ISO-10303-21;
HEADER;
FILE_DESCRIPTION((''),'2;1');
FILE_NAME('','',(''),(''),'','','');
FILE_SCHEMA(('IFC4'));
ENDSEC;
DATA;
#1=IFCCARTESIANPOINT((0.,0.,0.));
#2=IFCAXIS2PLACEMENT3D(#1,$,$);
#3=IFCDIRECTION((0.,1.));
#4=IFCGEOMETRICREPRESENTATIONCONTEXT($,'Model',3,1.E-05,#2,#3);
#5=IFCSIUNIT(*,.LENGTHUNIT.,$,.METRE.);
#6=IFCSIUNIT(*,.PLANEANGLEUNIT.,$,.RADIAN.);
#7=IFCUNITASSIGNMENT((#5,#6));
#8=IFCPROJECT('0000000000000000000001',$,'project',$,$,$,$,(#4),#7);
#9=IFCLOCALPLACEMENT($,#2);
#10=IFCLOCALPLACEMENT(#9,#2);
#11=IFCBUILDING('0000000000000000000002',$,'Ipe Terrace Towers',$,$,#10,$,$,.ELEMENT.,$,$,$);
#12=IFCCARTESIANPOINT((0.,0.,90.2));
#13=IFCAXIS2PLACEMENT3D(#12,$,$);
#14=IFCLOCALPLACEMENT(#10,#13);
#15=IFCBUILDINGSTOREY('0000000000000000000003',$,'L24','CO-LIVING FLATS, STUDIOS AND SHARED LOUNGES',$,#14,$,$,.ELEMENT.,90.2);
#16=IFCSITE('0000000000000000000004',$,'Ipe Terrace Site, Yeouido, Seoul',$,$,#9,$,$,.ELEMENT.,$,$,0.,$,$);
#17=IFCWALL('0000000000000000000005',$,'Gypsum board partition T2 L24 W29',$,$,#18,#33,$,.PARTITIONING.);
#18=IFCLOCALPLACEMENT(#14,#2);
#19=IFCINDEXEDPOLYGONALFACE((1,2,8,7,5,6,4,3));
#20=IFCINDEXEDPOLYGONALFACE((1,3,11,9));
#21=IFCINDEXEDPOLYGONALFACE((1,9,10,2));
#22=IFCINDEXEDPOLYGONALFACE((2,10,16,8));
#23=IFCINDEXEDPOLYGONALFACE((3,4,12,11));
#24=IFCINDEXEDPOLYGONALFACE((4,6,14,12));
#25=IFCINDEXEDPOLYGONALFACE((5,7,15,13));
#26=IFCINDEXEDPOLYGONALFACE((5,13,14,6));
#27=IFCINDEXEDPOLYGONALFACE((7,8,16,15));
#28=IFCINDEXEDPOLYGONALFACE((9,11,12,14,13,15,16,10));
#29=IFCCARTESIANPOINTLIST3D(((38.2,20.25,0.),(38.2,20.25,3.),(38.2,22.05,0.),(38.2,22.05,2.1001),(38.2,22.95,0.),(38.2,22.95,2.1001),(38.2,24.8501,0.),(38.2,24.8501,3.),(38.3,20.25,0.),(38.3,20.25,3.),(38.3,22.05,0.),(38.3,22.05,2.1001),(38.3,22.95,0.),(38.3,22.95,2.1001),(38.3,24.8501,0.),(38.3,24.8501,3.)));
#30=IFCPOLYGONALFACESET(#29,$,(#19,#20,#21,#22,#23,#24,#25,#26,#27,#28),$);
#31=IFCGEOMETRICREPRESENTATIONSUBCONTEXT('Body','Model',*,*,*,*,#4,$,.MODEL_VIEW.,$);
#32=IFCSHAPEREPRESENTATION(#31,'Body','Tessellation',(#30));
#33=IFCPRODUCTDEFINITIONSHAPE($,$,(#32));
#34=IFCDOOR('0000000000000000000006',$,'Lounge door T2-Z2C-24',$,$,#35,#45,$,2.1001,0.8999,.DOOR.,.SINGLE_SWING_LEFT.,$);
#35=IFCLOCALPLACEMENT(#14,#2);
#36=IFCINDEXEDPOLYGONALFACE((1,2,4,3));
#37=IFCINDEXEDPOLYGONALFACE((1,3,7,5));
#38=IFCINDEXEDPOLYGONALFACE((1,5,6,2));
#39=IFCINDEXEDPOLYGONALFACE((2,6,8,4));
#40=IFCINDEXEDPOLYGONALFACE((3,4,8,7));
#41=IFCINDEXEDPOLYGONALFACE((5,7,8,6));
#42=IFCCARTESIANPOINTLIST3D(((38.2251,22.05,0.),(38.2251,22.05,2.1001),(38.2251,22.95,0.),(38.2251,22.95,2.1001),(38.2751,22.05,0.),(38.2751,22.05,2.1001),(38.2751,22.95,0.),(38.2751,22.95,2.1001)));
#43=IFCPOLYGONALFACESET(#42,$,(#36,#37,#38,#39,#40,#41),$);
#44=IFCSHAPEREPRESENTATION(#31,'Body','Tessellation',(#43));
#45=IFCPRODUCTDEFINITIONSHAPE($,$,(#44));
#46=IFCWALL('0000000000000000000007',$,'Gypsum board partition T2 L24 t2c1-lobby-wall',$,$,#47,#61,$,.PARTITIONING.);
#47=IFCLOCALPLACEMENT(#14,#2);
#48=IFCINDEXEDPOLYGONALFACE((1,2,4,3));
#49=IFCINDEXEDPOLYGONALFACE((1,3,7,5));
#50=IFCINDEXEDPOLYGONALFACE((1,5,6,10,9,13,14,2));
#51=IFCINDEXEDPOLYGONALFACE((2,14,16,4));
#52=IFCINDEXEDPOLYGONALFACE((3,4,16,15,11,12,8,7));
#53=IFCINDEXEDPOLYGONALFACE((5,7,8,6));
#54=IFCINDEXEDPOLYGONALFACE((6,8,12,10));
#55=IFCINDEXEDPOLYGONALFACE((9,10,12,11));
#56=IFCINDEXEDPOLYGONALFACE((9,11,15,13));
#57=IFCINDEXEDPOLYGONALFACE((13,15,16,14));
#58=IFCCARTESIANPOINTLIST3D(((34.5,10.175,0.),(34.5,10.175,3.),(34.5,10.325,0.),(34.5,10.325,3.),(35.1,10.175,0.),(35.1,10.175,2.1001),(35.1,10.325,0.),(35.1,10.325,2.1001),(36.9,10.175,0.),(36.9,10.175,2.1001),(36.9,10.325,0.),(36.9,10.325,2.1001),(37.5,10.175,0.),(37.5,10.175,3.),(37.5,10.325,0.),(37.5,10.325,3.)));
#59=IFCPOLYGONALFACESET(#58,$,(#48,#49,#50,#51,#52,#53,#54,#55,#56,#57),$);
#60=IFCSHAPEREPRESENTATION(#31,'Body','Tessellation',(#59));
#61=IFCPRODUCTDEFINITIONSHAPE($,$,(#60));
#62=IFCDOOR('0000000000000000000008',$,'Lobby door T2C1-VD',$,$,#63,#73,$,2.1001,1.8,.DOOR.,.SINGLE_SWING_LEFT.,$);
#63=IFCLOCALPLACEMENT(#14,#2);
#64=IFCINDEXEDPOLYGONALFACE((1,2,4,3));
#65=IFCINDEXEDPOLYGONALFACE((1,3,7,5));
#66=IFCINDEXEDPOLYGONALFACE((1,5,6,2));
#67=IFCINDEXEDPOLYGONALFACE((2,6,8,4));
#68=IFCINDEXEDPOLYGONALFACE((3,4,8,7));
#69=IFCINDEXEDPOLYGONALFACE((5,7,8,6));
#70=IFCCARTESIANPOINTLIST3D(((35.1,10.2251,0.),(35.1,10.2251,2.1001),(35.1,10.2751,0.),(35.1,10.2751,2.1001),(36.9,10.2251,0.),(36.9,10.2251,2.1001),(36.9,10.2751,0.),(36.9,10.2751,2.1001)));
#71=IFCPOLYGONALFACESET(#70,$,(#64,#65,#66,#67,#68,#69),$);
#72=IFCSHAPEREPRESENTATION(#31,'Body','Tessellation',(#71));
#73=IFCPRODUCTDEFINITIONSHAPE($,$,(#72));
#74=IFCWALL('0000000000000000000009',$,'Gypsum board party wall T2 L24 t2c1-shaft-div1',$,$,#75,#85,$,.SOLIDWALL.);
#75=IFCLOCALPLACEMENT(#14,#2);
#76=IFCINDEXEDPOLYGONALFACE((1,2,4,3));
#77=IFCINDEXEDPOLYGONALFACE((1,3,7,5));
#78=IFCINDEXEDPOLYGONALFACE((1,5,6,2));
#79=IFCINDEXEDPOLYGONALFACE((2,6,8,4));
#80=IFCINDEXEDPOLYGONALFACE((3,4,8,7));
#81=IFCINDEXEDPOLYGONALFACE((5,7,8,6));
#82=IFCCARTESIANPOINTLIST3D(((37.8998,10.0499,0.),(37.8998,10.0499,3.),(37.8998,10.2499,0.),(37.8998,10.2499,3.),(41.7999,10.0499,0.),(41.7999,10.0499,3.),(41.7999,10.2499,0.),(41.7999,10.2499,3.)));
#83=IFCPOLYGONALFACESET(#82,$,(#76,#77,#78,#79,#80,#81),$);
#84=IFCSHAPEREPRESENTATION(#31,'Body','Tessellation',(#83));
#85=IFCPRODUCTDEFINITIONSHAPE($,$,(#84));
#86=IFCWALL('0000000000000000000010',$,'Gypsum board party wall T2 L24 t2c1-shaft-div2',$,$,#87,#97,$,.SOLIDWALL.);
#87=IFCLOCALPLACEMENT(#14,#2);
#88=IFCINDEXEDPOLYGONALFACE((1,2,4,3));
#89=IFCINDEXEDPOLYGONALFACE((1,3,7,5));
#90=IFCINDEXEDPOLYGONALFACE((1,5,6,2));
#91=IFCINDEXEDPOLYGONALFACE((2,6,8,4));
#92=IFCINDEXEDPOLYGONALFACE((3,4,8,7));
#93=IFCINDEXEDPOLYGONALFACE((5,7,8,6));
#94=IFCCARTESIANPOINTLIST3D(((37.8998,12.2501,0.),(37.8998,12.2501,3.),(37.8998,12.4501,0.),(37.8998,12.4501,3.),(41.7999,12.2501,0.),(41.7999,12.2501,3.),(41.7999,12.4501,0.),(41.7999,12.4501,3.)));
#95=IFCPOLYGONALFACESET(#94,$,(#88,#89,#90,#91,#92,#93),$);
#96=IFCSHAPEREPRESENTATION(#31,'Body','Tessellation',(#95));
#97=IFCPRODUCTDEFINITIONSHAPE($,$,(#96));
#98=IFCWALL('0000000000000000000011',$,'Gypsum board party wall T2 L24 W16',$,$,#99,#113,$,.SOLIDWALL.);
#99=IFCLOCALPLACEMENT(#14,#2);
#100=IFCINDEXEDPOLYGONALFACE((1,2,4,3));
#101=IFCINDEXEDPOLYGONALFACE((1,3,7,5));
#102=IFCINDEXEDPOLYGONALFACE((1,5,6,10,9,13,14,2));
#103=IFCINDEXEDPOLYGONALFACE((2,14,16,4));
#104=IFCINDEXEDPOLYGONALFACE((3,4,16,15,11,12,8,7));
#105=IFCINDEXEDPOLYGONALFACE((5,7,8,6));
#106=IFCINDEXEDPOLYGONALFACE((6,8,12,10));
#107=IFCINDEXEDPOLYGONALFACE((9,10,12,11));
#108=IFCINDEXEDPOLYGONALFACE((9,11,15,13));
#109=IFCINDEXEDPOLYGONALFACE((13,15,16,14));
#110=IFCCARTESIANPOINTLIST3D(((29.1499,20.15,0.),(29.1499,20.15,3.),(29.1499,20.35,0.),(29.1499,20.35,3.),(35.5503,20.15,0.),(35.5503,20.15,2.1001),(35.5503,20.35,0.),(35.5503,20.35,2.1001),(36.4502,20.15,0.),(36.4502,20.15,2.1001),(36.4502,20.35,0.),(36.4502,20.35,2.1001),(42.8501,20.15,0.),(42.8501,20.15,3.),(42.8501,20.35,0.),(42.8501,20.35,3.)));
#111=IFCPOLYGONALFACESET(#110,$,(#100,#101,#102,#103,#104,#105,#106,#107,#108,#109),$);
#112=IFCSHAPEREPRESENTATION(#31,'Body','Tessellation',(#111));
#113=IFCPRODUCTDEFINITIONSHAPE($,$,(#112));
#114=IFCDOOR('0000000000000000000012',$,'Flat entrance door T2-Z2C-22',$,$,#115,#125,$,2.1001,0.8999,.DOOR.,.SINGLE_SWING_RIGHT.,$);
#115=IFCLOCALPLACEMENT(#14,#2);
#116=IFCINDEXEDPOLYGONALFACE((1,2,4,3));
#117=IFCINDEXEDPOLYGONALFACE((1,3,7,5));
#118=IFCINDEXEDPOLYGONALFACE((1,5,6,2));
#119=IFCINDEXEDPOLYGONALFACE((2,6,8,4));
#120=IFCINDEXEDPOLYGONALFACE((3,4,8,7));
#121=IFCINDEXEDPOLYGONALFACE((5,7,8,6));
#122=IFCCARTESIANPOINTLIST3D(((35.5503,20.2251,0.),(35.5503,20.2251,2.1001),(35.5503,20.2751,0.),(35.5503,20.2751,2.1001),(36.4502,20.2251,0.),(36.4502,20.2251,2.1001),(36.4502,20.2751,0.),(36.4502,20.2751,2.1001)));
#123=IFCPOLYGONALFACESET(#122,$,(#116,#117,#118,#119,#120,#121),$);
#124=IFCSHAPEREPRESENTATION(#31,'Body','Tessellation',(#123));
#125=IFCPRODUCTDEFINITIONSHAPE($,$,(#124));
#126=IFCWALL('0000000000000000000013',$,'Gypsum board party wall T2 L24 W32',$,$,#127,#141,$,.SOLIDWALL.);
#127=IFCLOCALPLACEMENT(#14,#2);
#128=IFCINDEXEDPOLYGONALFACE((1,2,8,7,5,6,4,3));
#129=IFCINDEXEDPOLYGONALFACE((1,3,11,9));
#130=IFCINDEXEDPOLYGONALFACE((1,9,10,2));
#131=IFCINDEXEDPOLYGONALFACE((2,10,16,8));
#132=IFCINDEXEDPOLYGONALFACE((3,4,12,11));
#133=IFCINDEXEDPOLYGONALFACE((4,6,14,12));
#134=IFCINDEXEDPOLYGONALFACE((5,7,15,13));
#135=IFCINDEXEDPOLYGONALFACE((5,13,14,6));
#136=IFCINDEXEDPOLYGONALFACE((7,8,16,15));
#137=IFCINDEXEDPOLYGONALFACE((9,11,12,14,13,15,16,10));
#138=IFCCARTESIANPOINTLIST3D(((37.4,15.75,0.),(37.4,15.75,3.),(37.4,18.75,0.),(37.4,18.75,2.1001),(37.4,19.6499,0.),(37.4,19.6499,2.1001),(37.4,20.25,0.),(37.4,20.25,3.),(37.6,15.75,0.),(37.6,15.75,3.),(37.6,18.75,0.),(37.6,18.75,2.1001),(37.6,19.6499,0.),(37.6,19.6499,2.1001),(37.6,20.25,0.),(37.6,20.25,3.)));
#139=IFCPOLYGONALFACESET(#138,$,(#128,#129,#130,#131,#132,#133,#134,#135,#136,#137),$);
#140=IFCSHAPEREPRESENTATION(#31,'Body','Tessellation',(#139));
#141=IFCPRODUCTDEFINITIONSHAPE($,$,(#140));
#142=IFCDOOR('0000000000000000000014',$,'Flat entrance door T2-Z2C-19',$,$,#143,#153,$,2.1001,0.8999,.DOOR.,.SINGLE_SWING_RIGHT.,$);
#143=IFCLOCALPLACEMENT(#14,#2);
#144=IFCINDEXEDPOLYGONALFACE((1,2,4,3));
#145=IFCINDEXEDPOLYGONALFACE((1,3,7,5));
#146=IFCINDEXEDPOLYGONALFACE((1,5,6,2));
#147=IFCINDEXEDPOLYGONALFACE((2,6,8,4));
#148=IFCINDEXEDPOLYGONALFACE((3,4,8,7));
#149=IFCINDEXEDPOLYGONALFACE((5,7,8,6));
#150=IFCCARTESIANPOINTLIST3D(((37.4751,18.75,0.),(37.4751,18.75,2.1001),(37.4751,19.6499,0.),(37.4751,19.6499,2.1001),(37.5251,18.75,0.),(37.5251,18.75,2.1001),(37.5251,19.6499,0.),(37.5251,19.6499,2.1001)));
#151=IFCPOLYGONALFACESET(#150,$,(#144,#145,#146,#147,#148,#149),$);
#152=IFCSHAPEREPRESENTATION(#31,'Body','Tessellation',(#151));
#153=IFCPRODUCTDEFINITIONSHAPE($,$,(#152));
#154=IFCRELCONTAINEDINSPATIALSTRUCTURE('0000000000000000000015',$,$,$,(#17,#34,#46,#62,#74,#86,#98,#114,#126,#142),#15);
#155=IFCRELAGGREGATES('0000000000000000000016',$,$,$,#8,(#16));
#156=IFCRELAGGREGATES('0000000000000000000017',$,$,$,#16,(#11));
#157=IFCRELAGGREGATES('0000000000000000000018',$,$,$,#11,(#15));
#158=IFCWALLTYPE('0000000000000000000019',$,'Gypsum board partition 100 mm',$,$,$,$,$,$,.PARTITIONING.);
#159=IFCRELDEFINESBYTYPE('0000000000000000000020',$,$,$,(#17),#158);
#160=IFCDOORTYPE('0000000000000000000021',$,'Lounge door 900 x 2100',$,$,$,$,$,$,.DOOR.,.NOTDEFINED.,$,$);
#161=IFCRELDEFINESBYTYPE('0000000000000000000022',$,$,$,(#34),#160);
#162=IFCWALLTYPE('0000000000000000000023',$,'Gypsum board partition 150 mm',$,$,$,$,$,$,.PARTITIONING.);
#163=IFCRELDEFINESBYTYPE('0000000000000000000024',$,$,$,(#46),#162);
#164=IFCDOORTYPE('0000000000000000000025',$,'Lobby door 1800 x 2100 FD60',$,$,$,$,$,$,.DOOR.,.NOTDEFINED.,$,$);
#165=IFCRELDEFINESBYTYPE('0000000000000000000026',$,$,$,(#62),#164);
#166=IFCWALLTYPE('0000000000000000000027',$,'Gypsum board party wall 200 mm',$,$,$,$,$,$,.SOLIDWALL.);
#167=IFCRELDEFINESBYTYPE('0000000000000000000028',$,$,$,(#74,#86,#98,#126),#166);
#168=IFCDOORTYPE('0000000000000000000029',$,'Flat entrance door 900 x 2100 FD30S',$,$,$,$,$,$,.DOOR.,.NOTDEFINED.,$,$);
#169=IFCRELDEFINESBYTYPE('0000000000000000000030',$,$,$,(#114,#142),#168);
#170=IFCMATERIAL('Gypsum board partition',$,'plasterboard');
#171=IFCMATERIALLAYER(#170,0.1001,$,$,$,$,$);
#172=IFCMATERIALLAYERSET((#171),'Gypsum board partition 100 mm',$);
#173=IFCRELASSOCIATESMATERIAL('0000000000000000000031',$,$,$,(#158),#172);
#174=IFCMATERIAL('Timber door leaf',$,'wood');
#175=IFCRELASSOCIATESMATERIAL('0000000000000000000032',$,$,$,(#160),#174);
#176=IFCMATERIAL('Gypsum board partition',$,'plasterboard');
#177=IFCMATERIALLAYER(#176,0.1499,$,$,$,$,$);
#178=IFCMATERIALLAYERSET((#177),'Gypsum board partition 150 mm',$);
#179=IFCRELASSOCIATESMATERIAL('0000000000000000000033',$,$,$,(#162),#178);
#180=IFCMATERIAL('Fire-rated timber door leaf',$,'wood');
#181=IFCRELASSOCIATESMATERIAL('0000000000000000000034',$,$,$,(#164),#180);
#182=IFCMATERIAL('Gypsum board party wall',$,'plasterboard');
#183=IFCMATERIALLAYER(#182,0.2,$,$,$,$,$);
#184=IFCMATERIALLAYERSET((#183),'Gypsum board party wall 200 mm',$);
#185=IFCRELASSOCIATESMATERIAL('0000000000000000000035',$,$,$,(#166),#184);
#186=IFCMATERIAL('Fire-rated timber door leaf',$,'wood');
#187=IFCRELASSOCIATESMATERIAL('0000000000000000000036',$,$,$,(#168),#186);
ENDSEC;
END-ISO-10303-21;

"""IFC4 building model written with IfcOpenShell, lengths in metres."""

from ifc_helpers import new_model, si_unit, direction, frame, frame_2d, origin, place, context, subcontext, project, spatial, rectangle, extrude, material, layer, layer_set, type_object, element, fill, save


model = new_model("IFC4")

# Units and contexts
model_context = context("Model", 3, precision=1e-05, world=origin(), true_north=direction((0.0, 1.0)))
body_context = subcontext(model_context, "Body", "Model", "MODEL_VIEW")
ifc_project = project(units=[si_unit("LENGTHUNIT", "METRE"), si_unit("PLANEANGLEUNIT", "RADIAN")], contexts=[model_context])

# Site, building, storey
site_placement = place(None, origin())
site = spatial("IfcSite", under=ifc_project, at=site_placement, Name="Ipe Terrace Site, Yeouido, Seoul", CompositionType="ELEMENT", RefElevation=0.0)
building_placement = place(site_placement, origin())
building = spatial("IfcBuilding", under=site, at=building_placement, Name="Ipe Terrace Towers", CompositionType="ELEMENT")
storey_placement = place(building_placement, frame((0.0, 0.0, 90.2)))
storey = spatial("IfcBuildingStorey", under=building, at=storey_placement, Name="L24", Description="CO-LIVING FLATS, STUDIOS AND SHARED LOUNGES", CompositionType="ELEMENT", Elevation=90.2)

# Shared definitions
ifc_material_1 = material(Name="Gypsum board partition", Category="plasterboard")
ifc_layer_1 = layer(ifc_material_1, 0.1001)
ifc_layer_set_1 = layer_set([ifc_layer_1], Name="Gypsum board partition 100 mm")
wall_type_1 = type_object("IfcWallType", Name="Gypsum board partition 100 mm", PredefinedType="PARTITIONING", material=ifc_layer_set_1)

# Walls, openings, doors
wall_1_placement = place(storey_placement, frame((38.25, 20.25, 0.0), z_axis=(0.0, 0.0, 1.0), x_axis=(0.0, 1.0, 0.0)))
wall_1 = element("IfcWall", 1, at=wall_1_placement, inside=storey, type_object=wall_type_1, Name="Gypsum board partition T2 L24 W29", PredefinedType="PARTITIONING", context=body_context, shape_type="SweptSolid", body=[
    extrude(rectangle(XDim=4.6001, YDim=0.1001, at=frame_2d((2.3, 0.0))), origin(), (0.0, 0.0, 1.0), 3.0),
])
opening_1_placement = place(wall_1_placement, frame((1.8, 0.0, 0.0)))
opening_1 = element("IfcOpeningElement", 2, at=opening_1_placement, cuts=wall_1, PredefinedType="OPENING", context=body_context, shape_type="SweptSolid", body=[
    extrude(rectangle(XDim=0.8999, YDim=2.1001, at=frame_2d((0.45, 1.05))), frame((0.0, 0.0601, 0.0), z_axis=(0.0, -1.0, 0.0), x_axis=(1.0, 0.0, 0.0)), (0.0, 0.0, 1.0), 0.1201),
])
ifc_material_2 = material(Name="Timber door leaf", Category="wood")
door_type_1 = type_object("IfcDoorType", Name="Lounge door 900 x 2100", OperationType="NOTDEFINED", PredefinedType="DOOR", material=ifc_material_2)
door_1_placement = place(opening_1_placement, origin())
door_1 = element("IfcDoor", 3, at=door_1_placement, inside=storey, type_object=door_type_1, Name="Lounge door T2-Z2C-24", OperationType="SINGLE_SWING_LEFT", OverallHeight=2.1001, OverallWidth=0.8999, PredefinedType="DOOR", context=body_context, shape_type="SweptSolid", body=[
    extrude(rectangle(XDim=0.8999, YDim=2.1001, at=frame_2d((0.45, 1.05))), frame((0.0, 0.0249, 0.0), z_axis=(0.0, -1.0, 0.0), x_axis=(1.0, 0.0, 0.0)), (0.0, 0.0, 1.0), 0.05),
])
fill(opening_1, door_1)
ifc_material_3 = material(Name="Gypsum board partition", Category="plasterboard")
ifc_layer_2 = layer(ifc_material_3, 0.1499)
ifc_layer_set_2 = layer_set([ifc_layer_2], Name="Gypsum board partition 150 mm")
wall_type_2 = type_object("IfcWallType", Name="Gypsum board partition 150 mm", PredefinedType="PARTITIONING", material=ifc_layer_set_2)
wall_2_placement = place(storey_placement, frame((37.5, 10.25, 0.0), z_axis=(0.0, 0.0, 1.0), x_axis=(-1.0, 0.0, 0.0)))
wall_2 = element("IfcWall", 4, at=wall_2_placement, inside=storey, type_object=wall_type_2, Name="Gypsum board partition T2 L24 t2c1-lobby-wall", PredefinedType="PARTITIONING", context=body_context, shape_type="SweptSolid", body=[
    extrude(rectangle(XDim=3.0, YDim=0.1499, at=frame_2d((1.5, 0.0))), origin(), (0.0, 0.0, 1.0), 3.0),
])
opening_2_placement = place(wall_2_placement, frame((0.6001, 0.0, 0.0)))
opening_2 = element("IfcOpeningElement", 5, at=opening_2_placement, cuts=wall_2, PredefinedType="OPENING", context=body_context, shape_type="SweptSolid", body=[
    extrude(rectangle(XDim=1.8, YDim=2.1001, at=frame_2d((0.8999, 1.05))), frame((0.0, 0.085, 0.0), z_axis=(0.0, -1.0, 0.0), x_axis=(1.0, 0.0, 0.0)), (0.0, 0.0, 1.0), 0.1699),
])
ifc_material_4 = material(Name="Fire-rated timber door leaf", Category="wood")
door_type_2 = type_object("IfcDoorType", Name="Lobby door 1800 x 2100 FD60", OperationType="NOTDEFINED", PredefinedType="DOOR", material=ifc_material_4)
door_2_placement = place(opening_2_placement, origin())
door_2 = element("IfcDoor", 6, at=door_2_placement, inside=storey, type_object=door_type_2, Name="Lobby door T2C1-VD", OperationType="SINGLE_SWING_LEFT", OverallHeight=2.1001, OverallWidth=1.8, PredefinedType="DOOR", context=body_context, shape_type="SweptSolid", body=[
    extrude(rectangle(XDim=1.8, YDim=2.1001, at=frame_2d((0.8999, 1.05))), frame((0.0, 0.0249, 0.0), z_axis=(0.0, -1.0, 0.0), x_axis=(1.0, 0.0, 0.0)), (0.0, 0.0, 1.0), 0.05),
])
fill(opening_2, door_2)

# Walls
ifc_material_5 = material(Name="Gypsum board party wall", Category="plasterboard")
ifc_layer_3 = layer(ifc_material_5, 0.2)
ifc_layer_set_3 = layer_set([ifc_layer_3], Name="Gypsum board party wall 200 mm")
wall_type_3 = type_object("IfcWallType", Name="Gypsum board party wall 200 mm", PredefinedType="SOLIDWALL", material=ifc_layer_set_3)
for number, where, z_axis, x_axis, name in (
    (7, (41.8, 10.1499, 0.0), (0.0, 0.0, 1.0), (-1.0, 0.0, 0.0), "Gypsum board party wall T2 L24 t2c1-shaft-div1"),
    (8, (41.8, 12.3501, 0.0), (0.0, 0.0, 1.0), (-1.0, 0.0, 0.0), "Gypsum board party wall T2 L24 t2c1-shaft-div2"),
):
    element("IfcWall", number, at=place(storey_placement, frame(where, z_axis=z_axis, x_axis=x_axis)), inside=storey, type_object=wall_type_3, Name=name, PredefinedType="SOLIDWALL", context=body_context, shape_type="SweptSolid", body=[
        extrude(rectangle(XDim=3.9001, YDim=0.2, at=frame_2d((1.9502, 0.0))), origin(), (0.0, 0.0, 1.0), 3.0),
    ])

# Walls, openings, doors
wall_3_placement = place(storey_placement, frame((42.8501, 20.25, 0.0), z_axis=(0.0, 0.0, 1.0), x_axis=(-1.0, 0.0, 0.0)))
wall_3 = element("IfcWall", 9, at=wall_3_placement, inside=storey, type_object=wall_type_3, Name="Gypsum board party wall T2 L24 W16", PredefinedType="SOLIDWALL", context=body_context, shape_type="SweptSolid", body=[
    extrude(rectangle(XDim=13.7002, YDim=0.2, at=frame_2d((6.8501, 0.0))), origin(), (0.0, 0.0, 1.0), 3.0),
])
opening_3_placement = place(wall_3_placement, frame((6.3999, 0.0, 0.0)))
opening_3 = element("IfcOpeningElement", 10, at=opening_3_placement, cuts=wall_3, PredefinedType="OPENING", context=body_context, shape_type="SweptSolid", body=[
    extrude(rectangle(XDim=0.8999, YDim=2.1001, at=frame_2d((0.45, 1.05))), frame((0.0, 0.1099, 0.0), z_axis=(0.0, -1.0, 0.0), x_axis=(1.0, 0.0, 0.0)), (0.0, 0.0, 1.0), 0.22),
])
ifc_material_6 = material(Name="Fire-rated timber door leaf", Category="wood")
door_type_3 = type_object("IfcDoorType", Name="Flat entrance door 900 x 2100 FD30S", OperationType="NOTDEFINED", PredefinedType="DOOR", material=ifc_material_6)
door_3_placement = place(opening_3_placement, origin())
door_3 = element("IfcDoor", 11, at=door_3_placement, inside=storey, type_object=door_type_3, Name="Flat entrance door T2-Z2C-22", OperationType="SINGLE_SWING_RIGHT", OverallHeight=2.1001, OverallWidth=0.8999, PredefinedType="DOOR", context=body_context, shape_type="SweptSolid", body=[
    extrude(rectangle(XDim=0.8999, YDim=2.1001, at=frame_2d((0.45, 1.05))), frame((0.0, 0.0249, 0.0), z_axis=(0.0, -1.0, 0.0), x_axis=(1.0, 0.0, 0.0)), (0.0, 0.0, 1.0), 0.05),
])
fill(opening_3, door_3)
wall_4_placement = place(storey_placement, frame((37.5, 15.75, 0.0), z_axis=(0.0, 0.0, 1.0), x_axis=(0.0, 1.0, 0.0)))
wall_4 = element("IfcWall", 12, at=wall_4_placement, inside=storey, type_object=wall_type_3, Name="Gypsum board party wall T2 L24 W32", PredefinedType="SOLIDWALL", context=body_context, shape_type="SweptSolid", body=[
    extrude(rectangle(XDim=4.5, YDim=0.2, at=frame_2d((2.25, 0.0))), origin(), (0.0, 0.0, 1.0), 3.0),
])
opening_4_placement = place(wall_4_placement, frame((3.0, 0.0, 0.0)))
opening_4 = element("IfcOpeningElement", 13, at=opening_4_placement, cuts=wall_4, PredefinedType="OPENING", context=body_context, shape_type="SweptSolid", body=[
    extrude(rectangle(XDim=0.8999, YDim=2.1001, at=frame_2d((0.45, 1.05))), frame((0.0, 0.1099, 0.0), z_axis=(0.0, -1.0, 0.0), x_axis=(1.0, 0.0, 0.0)), (0.0, 0.0, 1.0), 0.22),
])
door_4_placement = place(opening_4_placement, origin())
door_4 = element("IfcDoor", 14, at=door_4_placement, inside=storey, type_object=door_type_3, Name="Flat entrance door T2-Z2C-19", OperationType="SINGLE_SWING_RIGHT", OverallHeight=2.1001, OverallWidth=0.8999, PredefinedType="DOOR", context=body_context, shape_type="SweptSolid", body=[
    extrude(rectangle(XDim=0.8999, YDim=2.1001, at=frame_2d((0.45, 1.05))), frame((0.0, 0.0249, 0.0), z_axis=(0.0, -1.0, 0.0), x_axis=(1.0, 0.0, 0.0)), (0.0, 0.0, 1.0), 0.05),
])
fill(opening_4, door_4)

save(model, "model.ifc")
